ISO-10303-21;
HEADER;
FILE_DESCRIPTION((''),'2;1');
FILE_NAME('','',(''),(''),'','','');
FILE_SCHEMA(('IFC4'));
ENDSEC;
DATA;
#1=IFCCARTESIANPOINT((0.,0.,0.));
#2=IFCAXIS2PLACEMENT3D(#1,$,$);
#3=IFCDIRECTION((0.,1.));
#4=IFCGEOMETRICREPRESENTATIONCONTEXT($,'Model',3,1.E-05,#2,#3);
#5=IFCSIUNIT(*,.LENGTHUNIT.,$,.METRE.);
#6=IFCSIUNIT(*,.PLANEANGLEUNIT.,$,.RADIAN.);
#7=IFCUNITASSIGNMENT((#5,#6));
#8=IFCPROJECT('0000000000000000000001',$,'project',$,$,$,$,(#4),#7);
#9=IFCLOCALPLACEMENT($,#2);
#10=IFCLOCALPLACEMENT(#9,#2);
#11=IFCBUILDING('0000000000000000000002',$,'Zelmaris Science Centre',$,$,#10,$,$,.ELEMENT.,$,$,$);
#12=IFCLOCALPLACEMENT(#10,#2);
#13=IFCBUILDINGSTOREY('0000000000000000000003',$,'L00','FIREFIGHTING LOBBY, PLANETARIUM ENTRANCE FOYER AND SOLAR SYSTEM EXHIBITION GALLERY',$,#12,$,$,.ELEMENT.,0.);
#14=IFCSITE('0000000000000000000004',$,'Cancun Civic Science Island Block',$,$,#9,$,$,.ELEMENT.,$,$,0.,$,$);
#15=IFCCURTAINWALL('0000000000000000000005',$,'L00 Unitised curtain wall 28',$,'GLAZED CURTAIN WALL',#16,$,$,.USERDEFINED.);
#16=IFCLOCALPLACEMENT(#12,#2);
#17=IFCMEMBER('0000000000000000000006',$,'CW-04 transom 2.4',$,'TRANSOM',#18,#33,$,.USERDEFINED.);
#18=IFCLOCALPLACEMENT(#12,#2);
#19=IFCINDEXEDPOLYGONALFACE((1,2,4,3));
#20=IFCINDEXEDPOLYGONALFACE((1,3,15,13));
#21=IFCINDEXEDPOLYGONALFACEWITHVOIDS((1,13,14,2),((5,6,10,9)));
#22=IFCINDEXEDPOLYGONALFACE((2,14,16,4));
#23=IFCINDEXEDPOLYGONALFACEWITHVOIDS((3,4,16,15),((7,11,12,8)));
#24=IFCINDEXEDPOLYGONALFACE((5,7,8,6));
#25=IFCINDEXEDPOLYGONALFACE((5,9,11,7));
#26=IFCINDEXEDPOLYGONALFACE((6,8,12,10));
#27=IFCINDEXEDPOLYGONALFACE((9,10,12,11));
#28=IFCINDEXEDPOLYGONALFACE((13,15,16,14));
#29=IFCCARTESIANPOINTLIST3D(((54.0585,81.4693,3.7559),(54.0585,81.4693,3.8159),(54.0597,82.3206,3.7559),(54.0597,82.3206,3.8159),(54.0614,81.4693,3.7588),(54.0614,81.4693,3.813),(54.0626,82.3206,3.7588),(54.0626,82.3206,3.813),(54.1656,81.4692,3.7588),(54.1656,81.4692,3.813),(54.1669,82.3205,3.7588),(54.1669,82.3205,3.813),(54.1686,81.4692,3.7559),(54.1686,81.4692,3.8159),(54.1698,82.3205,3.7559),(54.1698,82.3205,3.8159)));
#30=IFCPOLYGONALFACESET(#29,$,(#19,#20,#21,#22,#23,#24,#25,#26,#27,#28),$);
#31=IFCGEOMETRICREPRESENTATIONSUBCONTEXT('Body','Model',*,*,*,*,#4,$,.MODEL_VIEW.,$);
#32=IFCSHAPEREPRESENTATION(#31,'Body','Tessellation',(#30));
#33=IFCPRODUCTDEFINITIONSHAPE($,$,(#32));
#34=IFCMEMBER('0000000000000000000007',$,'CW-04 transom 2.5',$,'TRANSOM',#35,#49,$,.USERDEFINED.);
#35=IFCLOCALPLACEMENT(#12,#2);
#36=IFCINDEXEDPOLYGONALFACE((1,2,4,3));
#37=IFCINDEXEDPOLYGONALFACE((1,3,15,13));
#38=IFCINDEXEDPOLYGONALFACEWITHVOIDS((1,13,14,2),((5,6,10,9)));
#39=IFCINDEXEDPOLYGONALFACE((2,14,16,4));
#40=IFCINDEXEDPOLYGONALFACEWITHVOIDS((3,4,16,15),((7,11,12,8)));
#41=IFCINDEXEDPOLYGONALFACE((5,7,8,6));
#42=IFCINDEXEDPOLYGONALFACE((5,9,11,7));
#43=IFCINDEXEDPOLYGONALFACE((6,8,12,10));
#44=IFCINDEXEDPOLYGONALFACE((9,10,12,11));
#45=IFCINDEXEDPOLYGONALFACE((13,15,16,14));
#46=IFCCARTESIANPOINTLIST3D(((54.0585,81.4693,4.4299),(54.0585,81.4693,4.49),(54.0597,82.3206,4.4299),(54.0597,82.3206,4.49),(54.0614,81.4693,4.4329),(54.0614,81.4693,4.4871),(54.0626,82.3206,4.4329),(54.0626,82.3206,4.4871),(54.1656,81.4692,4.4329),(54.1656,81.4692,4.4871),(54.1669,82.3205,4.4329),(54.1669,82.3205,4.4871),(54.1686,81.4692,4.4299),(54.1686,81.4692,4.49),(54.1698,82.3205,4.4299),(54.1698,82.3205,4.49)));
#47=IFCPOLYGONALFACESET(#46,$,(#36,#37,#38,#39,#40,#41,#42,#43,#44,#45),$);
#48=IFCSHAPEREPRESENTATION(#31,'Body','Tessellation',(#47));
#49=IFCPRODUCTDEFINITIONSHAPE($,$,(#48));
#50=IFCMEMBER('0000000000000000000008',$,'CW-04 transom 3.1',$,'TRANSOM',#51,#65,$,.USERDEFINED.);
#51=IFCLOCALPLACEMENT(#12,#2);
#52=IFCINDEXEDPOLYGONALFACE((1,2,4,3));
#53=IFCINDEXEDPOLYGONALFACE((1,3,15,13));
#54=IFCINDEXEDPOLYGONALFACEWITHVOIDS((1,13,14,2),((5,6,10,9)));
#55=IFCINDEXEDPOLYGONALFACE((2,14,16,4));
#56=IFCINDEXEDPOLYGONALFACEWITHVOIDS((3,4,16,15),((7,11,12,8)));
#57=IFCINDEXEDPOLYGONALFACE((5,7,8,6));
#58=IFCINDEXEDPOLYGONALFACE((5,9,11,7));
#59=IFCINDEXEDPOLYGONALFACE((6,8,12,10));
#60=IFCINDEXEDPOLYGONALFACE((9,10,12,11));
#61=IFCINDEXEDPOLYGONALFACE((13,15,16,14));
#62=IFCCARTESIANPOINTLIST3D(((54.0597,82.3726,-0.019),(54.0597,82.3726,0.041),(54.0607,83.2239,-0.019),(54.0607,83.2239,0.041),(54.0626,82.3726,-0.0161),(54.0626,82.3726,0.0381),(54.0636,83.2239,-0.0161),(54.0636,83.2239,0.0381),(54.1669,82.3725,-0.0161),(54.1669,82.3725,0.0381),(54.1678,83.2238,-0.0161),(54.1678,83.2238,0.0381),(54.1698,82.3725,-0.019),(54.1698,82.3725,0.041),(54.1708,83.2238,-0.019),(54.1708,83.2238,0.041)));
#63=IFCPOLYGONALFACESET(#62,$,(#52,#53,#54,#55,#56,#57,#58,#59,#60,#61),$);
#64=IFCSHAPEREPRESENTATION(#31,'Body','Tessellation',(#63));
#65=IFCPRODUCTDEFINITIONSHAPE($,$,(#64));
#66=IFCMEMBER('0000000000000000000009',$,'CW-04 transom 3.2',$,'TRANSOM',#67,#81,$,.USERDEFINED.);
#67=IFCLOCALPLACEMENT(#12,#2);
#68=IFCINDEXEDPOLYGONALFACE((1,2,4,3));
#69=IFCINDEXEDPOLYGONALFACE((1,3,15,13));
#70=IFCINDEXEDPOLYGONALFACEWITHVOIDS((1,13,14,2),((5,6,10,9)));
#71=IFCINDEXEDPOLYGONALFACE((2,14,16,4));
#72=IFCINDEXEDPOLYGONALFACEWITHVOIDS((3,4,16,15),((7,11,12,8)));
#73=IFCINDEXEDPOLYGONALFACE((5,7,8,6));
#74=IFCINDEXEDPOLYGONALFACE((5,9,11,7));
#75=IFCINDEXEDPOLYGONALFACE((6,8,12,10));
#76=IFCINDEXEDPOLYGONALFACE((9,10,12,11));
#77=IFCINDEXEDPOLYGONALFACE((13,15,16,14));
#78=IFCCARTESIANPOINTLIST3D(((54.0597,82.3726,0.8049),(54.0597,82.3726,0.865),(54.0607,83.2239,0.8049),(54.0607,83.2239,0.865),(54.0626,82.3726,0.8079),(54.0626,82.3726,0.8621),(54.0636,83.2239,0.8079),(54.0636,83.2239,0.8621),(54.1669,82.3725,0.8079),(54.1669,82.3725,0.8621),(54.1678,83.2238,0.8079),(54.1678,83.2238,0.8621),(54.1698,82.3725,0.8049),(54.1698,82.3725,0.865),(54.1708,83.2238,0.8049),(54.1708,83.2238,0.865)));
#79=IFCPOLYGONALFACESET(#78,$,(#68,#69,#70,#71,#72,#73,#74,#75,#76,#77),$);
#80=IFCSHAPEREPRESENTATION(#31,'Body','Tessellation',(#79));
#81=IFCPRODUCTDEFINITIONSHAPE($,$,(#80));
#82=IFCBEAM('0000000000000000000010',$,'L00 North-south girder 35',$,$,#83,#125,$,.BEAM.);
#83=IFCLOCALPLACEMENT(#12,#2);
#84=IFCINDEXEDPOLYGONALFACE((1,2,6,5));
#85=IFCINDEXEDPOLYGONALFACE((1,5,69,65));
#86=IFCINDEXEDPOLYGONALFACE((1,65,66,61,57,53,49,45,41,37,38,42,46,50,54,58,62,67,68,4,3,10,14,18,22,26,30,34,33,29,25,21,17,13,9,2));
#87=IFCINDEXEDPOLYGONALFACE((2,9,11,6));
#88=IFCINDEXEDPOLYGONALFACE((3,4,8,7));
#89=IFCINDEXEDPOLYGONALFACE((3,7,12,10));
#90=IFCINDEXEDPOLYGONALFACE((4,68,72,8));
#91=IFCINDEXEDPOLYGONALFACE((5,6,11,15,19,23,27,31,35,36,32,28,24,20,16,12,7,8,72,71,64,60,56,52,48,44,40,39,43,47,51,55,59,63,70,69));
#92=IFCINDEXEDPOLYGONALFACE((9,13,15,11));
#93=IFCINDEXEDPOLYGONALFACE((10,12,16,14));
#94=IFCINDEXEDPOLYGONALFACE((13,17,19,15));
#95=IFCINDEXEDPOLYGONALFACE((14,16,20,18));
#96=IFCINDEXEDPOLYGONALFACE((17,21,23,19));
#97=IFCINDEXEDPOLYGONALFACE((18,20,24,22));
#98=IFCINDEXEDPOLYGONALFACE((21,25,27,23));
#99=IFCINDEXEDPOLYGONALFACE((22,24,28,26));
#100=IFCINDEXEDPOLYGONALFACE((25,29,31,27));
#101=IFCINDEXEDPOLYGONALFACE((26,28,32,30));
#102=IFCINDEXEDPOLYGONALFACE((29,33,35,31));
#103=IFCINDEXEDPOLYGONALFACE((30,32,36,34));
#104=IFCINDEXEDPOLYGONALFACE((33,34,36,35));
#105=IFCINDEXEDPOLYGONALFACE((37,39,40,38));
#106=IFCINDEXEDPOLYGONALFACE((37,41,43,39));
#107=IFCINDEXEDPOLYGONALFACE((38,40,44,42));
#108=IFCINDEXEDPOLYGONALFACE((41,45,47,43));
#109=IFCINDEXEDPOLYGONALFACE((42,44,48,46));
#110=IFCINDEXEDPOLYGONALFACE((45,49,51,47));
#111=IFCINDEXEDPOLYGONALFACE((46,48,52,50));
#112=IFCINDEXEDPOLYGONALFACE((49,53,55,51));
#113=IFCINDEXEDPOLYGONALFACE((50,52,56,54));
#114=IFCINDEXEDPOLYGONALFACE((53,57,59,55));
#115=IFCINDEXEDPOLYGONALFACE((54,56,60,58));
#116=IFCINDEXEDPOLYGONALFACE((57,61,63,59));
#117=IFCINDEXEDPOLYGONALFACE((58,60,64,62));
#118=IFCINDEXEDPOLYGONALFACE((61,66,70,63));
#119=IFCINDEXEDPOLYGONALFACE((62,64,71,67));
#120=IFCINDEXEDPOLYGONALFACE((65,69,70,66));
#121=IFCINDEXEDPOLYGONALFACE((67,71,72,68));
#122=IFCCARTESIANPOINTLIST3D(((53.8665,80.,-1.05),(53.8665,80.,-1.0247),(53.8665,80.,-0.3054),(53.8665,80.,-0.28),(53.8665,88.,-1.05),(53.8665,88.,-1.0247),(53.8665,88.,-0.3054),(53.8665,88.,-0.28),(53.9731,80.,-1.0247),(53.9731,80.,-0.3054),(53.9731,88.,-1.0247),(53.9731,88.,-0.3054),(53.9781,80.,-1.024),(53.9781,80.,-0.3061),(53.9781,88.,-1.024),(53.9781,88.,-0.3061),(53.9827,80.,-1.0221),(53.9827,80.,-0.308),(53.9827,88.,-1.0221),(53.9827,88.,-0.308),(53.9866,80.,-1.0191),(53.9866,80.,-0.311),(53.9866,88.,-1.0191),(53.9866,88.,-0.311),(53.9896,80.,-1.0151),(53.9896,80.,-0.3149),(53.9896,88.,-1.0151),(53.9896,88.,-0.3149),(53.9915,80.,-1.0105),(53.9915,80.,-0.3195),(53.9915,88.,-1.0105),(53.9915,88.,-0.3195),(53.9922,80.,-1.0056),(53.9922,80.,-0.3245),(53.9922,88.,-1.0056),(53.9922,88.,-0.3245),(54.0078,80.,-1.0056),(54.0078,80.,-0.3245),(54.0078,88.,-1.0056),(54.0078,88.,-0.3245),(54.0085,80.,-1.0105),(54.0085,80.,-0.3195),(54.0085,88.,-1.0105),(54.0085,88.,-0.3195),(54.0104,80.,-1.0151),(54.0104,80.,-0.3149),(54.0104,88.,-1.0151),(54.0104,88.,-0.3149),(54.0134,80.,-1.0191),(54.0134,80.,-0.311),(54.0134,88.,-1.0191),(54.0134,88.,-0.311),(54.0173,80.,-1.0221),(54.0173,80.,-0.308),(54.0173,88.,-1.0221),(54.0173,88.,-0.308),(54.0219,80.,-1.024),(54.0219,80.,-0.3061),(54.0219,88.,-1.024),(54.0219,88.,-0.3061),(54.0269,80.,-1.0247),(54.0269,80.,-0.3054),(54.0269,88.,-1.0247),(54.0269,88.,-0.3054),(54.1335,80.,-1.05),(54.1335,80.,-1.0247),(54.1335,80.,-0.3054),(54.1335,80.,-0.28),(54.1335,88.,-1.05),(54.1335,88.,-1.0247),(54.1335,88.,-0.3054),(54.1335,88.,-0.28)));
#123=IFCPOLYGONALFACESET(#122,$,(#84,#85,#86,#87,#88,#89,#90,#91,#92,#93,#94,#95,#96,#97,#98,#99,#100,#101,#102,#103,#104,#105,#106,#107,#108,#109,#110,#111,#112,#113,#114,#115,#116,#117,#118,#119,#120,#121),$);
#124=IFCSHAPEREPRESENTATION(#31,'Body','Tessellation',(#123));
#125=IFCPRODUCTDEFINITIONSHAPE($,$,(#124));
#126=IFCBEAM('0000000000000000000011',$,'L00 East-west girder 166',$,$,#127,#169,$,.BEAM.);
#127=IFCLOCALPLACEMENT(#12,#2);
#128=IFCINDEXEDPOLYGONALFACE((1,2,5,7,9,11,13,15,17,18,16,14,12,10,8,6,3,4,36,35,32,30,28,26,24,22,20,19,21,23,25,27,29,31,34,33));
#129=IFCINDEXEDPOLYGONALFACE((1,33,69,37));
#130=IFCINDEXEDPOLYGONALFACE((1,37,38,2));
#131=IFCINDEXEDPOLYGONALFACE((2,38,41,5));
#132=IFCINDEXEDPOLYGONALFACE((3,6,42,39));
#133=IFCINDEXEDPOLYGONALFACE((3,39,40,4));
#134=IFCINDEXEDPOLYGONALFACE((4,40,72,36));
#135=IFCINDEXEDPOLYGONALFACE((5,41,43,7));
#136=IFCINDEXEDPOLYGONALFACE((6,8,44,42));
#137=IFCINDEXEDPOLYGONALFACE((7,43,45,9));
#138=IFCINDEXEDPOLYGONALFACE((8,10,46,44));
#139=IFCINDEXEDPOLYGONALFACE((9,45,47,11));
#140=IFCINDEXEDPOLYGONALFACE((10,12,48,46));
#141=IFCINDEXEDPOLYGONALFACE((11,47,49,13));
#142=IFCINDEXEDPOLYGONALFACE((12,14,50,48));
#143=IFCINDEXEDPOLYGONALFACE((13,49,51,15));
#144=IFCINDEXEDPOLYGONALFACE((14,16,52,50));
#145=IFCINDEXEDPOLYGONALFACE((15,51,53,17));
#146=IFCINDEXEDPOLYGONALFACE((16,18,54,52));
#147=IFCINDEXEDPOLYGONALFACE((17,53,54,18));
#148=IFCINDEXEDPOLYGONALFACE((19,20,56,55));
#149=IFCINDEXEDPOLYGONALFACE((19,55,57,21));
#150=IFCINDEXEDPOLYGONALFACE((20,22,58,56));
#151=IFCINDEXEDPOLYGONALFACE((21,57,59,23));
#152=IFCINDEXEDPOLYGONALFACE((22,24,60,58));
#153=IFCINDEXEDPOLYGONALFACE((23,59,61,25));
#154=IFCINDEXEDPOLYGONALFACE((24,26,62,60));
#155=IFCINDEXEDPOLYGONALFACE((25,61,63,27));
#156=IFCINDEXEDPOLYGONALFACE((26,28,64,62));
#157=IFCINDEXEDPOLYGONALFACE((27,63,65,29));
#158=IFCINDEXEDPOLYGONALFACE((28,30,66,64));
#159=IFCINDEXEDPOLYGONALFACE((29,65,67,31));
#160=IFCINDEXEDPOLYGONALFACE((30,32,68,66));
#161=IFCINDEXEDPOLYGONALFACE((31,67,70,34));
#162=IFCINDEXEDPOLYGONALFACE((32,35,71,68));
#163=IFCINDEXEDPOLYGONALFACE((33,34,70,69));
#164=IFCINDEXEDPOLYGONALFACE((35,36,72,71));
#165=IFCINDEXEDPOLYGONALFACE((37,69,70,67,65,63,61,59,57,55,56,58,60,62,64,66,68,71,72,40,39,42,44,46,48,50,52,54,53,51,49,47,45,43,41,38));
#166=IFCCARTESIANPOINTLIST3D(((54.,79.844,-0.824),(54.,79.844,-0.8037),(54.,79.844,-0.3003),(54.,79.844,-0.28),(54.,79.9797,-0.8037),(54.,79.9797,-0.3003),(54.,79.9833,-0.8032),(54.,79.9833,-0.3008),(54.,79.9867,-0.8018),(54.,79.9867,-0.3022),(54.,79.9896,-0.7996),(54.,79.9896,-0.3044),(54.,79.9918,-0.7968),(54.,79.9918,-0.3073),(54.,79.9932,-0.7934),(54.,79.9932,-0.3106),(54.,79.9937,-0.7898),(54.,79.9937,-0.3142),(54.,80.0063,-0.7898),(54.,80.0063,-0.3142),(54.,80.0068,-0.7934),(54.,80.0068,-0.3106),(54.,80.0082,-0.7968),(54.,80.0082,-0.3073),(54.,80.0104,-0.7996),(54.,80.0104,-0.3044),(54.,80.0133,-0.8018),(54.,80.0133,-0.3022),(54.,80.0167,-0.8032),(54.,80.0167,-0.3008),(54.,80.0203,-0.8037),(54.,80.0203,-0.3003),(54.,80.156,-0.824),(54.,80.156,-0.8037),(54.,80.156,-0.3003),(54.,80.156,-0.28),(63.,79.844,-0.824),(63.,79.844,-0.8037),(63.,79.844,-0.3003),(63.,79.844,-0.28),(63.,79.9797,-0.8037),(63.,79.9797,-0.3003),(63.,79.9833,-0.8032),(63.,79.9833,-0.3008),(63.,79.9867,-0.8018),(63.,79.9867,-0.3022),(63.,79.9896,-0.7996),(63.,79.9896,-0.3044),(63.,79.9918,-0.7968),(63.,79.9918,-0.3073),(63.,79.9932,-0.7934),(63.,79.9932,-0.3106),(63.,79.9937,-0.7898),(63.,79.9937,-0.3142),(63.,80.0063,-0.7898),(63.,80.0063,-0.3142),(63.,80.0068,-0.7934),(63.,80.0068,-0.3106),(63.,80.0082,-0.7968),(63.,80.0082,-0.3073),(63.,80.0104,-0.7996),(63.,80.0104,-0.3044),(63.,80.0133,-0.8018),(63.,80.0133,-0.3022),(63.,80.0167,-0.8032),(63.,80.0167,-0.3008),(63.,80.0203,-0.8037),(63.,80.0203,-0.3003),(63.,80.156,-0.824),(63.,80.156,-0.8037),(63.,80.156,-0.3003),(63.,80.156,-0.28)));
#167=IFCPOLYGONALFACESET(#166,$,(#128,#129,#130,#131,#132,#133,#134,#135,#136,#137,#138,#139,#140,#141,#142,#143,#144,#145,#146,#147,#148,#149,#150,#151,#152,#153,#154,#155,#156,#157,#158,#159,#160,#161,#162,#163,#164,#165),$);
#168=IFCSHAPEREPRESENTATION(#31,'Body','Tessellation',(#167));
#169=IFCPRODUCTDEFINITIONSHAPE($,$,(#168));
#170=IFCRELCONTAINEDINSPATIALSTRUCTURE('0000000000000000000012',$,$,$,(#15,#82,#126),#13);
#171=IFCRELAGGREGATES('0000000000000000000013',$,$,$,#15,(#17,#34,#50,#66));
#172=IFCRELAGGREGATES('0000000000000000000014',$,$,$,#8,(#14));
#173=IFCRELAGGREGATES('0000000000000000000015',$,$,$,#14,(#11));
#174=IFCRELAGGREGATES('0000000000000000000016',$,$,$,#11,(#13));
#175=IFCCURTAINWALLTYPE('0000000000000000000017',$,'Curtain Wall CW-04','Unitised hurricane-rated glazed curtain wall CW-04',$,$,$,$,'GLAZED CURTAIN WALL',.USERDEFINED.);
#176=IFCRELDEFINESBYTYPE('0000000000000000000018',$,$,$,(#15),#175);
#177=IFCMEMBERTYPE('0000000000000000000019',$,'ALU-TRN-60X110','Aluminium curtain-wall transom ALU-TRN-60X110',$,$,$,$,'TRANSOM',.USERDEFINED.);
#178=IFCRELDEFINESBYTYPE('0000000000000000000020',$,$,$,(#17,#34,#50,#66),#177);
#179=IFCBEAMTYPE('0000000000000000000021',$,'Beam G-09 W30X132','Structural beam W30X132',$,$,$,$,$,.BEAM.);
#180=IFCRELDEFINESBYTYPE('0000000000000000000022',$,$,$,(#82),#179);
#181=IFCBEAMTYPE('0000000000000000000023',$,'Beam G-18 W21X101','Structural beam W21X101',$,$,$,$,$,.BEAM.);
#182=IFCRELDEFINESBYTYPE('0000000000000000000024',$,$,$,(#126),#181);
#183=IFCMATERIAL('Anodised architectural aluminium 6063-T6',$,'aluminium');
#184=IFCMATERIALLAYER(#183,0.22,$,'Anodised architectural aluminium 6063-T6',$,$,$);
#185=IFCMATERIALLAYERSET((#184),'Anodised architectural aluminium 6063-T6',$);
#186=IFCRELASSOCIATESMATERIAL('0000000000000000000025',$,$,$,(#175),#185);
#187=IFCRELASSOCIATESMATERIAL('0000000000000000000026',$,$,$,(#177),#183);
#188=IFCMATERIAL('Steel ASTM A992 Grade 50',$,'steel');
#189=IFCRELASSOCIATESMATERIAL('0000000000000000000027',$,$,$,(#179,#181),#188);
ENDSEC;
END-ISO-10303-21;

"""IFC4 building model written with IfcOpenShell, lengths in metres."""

from ifc_helpers import new_model, si_unit, direction, frame, origin, origin_2d, place, context, subcontext, project, spatial, hollow_rectangle, i_section, extrude, material, layer, layer_set, material_profile, profile_set, type_object, element, aggregate, save


model = new_model("IFC4")

# Units and contexts
model_context = context("Model", 3, precision=1e-05, world=origin(), true_north=direction((0.0, 1.0)))
body_context = subcontext(model_context, "Body", "Model", "MODEL_VIEW")
ifc_project = project(units=[si_unit("LENGTHUNIT", "METRE"), si_unit("PLANEANGLEUNIT", "RADIAN")], contexts=[model_context])

# Site, building, storey
site_placement = place(None, origin())
site = spatial("IfcSite", under=ifc_project, at=site_placement, Name="Cancun Civic Science Island Block", CompositionType="ELEMENT", RefElevation=0.0)
building_placement = place(site_placement, origin())
building = spatial("IfcBuilding", under=site, at=building_placement, Name="Zelmaris Science Centre", CompositionType="ELEMENT")
storey_placement = place(building_placement, origin())
storey = spatial("IfcBuildingStorey", under=building, at=storey_placement, Name="L00", Description="FIREFIGHTING LOBBY, PLANETARIUM ENTRANCE FOYER AND SOLAR SYSTEM EXHIBITION GALLERY", CompositionType="ELEMENT", Elevation=0.0)

# Shared definitions
ifc_material_1 = material(Name="Steel ASTM A992 Grade 50", Category="steel")

# Curtain wall
ifc_material_2 = material(Name="Anodised architectural aluminium 6063-T6", Category="aluminium")
ifc_layer_1 = layer(ifc_material_2, 0.22, Name="Anodised architectural aluminium 6063-T6")
ifc_layer_set_1 = layer_set([ifc_layer_1], Name="Anodised architectural aluminium 6063-T6")
curtain_wall_type_1 = type_object("IfcCurtainWallType", Name="Curtain Wall CW-04", Description="Unitised hurricane-rated glazed curtain wall CW-04", ElementType="GLAZED CURTAIN WALL", PredefinedType="USERDEFINED", material=ifc_layer_set_1)
curtain_wall_1_placement = place(storey_placement, origin())
curtain_wall_1 = element("IfcCurtainWall", 1, at=curtain_wall_1_placement, inside=storey, type_object=curtain_wall_type_1, Name="L00 Unitised curtain wall 28", ObjectType="GLAZED CURTAIN WALL", PredefinedType="USERDEFINED")

# Members
ifc_material_profile_1 = material_profile(ifc_material_2, hollow_rectangle(XDim=0.0601, YDim=0.1101, WallThickness=0.0029, at=origin_2d()), Name="ALU-TRN-60X110")
ifc_profile_set_1 = profile_set([ifc_material_profile_1], Name="Anodised architectural aluminium 6063-T6")
member_type_1 = type_object("IfcMemberType", Name="ALU-TRN-60X110", Description="Aluminium curtain-wall transom ALU-TRN-60X110", ElementType="TRANSOM", PredefinedType="USERDEFINED", material=ifc_profile_set_1)
member_1_placement = place(storey_placement, frame((54.1135, 81.4692, 3.7859), z_axis=(0.001434, 0.999999, 0.0), x_axis=(0.0, 0.0, 1.0)))
member_1 = element("IfcMember", 2, at=member_1_placement, type_object=member_type_1, Name="CW-04 transom 2.4", ObjectType="TRANSOM", PredefinedType="USERDEFINED", context=body_context, shape_type="SweptSolid", body=[
    extrude(hollow_rectangle(XDim=0.0601, YDim=0.1101, WallThickness=0.0029, at=origin_2d()), origin(), (0.0, 0.0, 1.0), 0.8513),
])
member_2_placement = place(storey_placement, frame((54.1135, 81.4692, 4.46), z_axis=(0.001434, 0.999999, 0.0), x_axis=(0.0, 0.0, 1.0)))
member_2 = element("IfcMember", 3, at=member_2_placement, type_object=member_type_1, Name="CW-04 transom 2.5", ObjectType="TRANSOM", PredefinedType="USERDEFINED", context=body_context, shape_type="SweptSolid", body=[
    extrude(hollow_rectangle(XDim=0.0601, YDim=0.1101, WallThickness=0.0029, at=origin_2d()), origin(), (0.0, 0.0, 1.0), 0.8513),
])
member_3_placement = place(storey_placement, frame((54.1147, 82.3726, 0.011), z_axis=(0.001147, 0.999999, 0.0), x_axis=(0.0, 0.0, 1.0)))
member_3 = element("IfcMember", 4, at=member_3_placement, type_object=member_type_1, Name="CW-04 transom 3.1", ObjectType="TRANSOM", PredefinedType="USERDEFINED", context=body_context, shape_type="SweptSolid", body=[
    extrude(hollow_rectangle(XDim=0.0601, YDim=0.1101, WallThickness=0.0029, at=origin_2d()), origin(), (0.0, 0.0, 1.0), 0.8513),
])
member_4_placement = place(storey_placement, frame((54.1147, 82.3726, 0.835), z_axis=(0.001147, 0.999999, 0.0), x_axis=(0.0, 0.0, 1.0)))
member_4 = element("IfcMember", 5, at=member_4_placement, type_object=member_type_1, Name="CW-04 transom 3.2", ObjectType="TRANSOM", PredefinedType="USERDEFINED", context=body_context, shape_type="SweptSolid", body=[
    extrude(hollow_rectangle(XDim=0.0601, YDim=0.1101, WallThickness=0.0029, at=origin_2d()), origin(), (0.0, 0.0, 1.0), 0.8513),
])

# Beams
ifc_material_profile_2 = material_profile(ifc_material_1, i_section(OverallWidth=0.2671, OverallDepth=0.77, WebThickness=0.0156, FlangeThickness=0.0254, FilletRadius=0.019, at=origin_2d()), Name="W30X132")
ifc_profile_set_2 = profile_set([ifc_material_profile_2], Name="Steel ASTM A992 Grade 50")
beam_type_1 = type_object("IfcBeamType", Name="Beam G-09 W30X132", Description="Structural beam W30X132", PredefinedType="BEAM", material=ifc_profile_set_2)
beam_1_placement = place(storey_placement, frame((54.0, 80.0, -0.665), z_axis=(0.0, 1.0, 0.0), x_axis=(-1.0, 0.0, 0.0)))
element("IfcBeam", 6, at=beam_1_placement, inside=storey, type_object=beam_type_1, Name="L00 North-south girder 35", PredefinedType="BEAM", context=body_context, shape_type="SweptSolid", body=[
    extrude(i_section(OverallWidth=0.2671, OverallDepth=0.77, WebThickness=0.0156, FlangeThickness=0.0254, FilletRadius=0.019, at=origin_2d()), origin(), (0.0, 0.0, 1.0), 8.0),
])
ifc_material_profile_3 = material_profile(ifc_material_1, i_section(OverallWidth=0.312, OverallDepth=0.5439, WebThickness=0.0127, FlangeThickness=0.0203, FilletRadius=0.0139, at=origin_2d()), Name="W21X101")
ifc_profile_set_3 = profile_set([ifc_material_profile_3], Name="Steel ASTM A992 Grade 50")
beam_type_2 = type_object("IfcBeamType", Name="Beam G-18 W21X101", Description="Structural beam W21X101", PredefinedType="BEAM", material=ifc_profile_set_3)
beam_2_placement = place(storey_placement, frame((54.0, 80.0, -0.552), z_axis=(1.0, 0.0, 0.0), x_axis=(0.0, 1.0, 0.0)))
element("IfcBeam", 7, at=beam_2_placement, inside=storey, type_object=beam_type_2, Name="L00 East-west girder 166", PredefinedType="BEAM", context=body_context, shape_type="SweptSolid", body=[
    extrude(i_section(OverallWidth=0.312, OverallDepth=0.5439, WebThickness=0.0127, FlangeThickness=0.0203, FilletRadius=0.0139, at=origin_2d()), origin(), (0.0, 0.0, 1.0), 9.0),
])

aggregate(curtain_wall_1, [member_1, member_2, member_3, member_4])

save(model, "model.ifc")
